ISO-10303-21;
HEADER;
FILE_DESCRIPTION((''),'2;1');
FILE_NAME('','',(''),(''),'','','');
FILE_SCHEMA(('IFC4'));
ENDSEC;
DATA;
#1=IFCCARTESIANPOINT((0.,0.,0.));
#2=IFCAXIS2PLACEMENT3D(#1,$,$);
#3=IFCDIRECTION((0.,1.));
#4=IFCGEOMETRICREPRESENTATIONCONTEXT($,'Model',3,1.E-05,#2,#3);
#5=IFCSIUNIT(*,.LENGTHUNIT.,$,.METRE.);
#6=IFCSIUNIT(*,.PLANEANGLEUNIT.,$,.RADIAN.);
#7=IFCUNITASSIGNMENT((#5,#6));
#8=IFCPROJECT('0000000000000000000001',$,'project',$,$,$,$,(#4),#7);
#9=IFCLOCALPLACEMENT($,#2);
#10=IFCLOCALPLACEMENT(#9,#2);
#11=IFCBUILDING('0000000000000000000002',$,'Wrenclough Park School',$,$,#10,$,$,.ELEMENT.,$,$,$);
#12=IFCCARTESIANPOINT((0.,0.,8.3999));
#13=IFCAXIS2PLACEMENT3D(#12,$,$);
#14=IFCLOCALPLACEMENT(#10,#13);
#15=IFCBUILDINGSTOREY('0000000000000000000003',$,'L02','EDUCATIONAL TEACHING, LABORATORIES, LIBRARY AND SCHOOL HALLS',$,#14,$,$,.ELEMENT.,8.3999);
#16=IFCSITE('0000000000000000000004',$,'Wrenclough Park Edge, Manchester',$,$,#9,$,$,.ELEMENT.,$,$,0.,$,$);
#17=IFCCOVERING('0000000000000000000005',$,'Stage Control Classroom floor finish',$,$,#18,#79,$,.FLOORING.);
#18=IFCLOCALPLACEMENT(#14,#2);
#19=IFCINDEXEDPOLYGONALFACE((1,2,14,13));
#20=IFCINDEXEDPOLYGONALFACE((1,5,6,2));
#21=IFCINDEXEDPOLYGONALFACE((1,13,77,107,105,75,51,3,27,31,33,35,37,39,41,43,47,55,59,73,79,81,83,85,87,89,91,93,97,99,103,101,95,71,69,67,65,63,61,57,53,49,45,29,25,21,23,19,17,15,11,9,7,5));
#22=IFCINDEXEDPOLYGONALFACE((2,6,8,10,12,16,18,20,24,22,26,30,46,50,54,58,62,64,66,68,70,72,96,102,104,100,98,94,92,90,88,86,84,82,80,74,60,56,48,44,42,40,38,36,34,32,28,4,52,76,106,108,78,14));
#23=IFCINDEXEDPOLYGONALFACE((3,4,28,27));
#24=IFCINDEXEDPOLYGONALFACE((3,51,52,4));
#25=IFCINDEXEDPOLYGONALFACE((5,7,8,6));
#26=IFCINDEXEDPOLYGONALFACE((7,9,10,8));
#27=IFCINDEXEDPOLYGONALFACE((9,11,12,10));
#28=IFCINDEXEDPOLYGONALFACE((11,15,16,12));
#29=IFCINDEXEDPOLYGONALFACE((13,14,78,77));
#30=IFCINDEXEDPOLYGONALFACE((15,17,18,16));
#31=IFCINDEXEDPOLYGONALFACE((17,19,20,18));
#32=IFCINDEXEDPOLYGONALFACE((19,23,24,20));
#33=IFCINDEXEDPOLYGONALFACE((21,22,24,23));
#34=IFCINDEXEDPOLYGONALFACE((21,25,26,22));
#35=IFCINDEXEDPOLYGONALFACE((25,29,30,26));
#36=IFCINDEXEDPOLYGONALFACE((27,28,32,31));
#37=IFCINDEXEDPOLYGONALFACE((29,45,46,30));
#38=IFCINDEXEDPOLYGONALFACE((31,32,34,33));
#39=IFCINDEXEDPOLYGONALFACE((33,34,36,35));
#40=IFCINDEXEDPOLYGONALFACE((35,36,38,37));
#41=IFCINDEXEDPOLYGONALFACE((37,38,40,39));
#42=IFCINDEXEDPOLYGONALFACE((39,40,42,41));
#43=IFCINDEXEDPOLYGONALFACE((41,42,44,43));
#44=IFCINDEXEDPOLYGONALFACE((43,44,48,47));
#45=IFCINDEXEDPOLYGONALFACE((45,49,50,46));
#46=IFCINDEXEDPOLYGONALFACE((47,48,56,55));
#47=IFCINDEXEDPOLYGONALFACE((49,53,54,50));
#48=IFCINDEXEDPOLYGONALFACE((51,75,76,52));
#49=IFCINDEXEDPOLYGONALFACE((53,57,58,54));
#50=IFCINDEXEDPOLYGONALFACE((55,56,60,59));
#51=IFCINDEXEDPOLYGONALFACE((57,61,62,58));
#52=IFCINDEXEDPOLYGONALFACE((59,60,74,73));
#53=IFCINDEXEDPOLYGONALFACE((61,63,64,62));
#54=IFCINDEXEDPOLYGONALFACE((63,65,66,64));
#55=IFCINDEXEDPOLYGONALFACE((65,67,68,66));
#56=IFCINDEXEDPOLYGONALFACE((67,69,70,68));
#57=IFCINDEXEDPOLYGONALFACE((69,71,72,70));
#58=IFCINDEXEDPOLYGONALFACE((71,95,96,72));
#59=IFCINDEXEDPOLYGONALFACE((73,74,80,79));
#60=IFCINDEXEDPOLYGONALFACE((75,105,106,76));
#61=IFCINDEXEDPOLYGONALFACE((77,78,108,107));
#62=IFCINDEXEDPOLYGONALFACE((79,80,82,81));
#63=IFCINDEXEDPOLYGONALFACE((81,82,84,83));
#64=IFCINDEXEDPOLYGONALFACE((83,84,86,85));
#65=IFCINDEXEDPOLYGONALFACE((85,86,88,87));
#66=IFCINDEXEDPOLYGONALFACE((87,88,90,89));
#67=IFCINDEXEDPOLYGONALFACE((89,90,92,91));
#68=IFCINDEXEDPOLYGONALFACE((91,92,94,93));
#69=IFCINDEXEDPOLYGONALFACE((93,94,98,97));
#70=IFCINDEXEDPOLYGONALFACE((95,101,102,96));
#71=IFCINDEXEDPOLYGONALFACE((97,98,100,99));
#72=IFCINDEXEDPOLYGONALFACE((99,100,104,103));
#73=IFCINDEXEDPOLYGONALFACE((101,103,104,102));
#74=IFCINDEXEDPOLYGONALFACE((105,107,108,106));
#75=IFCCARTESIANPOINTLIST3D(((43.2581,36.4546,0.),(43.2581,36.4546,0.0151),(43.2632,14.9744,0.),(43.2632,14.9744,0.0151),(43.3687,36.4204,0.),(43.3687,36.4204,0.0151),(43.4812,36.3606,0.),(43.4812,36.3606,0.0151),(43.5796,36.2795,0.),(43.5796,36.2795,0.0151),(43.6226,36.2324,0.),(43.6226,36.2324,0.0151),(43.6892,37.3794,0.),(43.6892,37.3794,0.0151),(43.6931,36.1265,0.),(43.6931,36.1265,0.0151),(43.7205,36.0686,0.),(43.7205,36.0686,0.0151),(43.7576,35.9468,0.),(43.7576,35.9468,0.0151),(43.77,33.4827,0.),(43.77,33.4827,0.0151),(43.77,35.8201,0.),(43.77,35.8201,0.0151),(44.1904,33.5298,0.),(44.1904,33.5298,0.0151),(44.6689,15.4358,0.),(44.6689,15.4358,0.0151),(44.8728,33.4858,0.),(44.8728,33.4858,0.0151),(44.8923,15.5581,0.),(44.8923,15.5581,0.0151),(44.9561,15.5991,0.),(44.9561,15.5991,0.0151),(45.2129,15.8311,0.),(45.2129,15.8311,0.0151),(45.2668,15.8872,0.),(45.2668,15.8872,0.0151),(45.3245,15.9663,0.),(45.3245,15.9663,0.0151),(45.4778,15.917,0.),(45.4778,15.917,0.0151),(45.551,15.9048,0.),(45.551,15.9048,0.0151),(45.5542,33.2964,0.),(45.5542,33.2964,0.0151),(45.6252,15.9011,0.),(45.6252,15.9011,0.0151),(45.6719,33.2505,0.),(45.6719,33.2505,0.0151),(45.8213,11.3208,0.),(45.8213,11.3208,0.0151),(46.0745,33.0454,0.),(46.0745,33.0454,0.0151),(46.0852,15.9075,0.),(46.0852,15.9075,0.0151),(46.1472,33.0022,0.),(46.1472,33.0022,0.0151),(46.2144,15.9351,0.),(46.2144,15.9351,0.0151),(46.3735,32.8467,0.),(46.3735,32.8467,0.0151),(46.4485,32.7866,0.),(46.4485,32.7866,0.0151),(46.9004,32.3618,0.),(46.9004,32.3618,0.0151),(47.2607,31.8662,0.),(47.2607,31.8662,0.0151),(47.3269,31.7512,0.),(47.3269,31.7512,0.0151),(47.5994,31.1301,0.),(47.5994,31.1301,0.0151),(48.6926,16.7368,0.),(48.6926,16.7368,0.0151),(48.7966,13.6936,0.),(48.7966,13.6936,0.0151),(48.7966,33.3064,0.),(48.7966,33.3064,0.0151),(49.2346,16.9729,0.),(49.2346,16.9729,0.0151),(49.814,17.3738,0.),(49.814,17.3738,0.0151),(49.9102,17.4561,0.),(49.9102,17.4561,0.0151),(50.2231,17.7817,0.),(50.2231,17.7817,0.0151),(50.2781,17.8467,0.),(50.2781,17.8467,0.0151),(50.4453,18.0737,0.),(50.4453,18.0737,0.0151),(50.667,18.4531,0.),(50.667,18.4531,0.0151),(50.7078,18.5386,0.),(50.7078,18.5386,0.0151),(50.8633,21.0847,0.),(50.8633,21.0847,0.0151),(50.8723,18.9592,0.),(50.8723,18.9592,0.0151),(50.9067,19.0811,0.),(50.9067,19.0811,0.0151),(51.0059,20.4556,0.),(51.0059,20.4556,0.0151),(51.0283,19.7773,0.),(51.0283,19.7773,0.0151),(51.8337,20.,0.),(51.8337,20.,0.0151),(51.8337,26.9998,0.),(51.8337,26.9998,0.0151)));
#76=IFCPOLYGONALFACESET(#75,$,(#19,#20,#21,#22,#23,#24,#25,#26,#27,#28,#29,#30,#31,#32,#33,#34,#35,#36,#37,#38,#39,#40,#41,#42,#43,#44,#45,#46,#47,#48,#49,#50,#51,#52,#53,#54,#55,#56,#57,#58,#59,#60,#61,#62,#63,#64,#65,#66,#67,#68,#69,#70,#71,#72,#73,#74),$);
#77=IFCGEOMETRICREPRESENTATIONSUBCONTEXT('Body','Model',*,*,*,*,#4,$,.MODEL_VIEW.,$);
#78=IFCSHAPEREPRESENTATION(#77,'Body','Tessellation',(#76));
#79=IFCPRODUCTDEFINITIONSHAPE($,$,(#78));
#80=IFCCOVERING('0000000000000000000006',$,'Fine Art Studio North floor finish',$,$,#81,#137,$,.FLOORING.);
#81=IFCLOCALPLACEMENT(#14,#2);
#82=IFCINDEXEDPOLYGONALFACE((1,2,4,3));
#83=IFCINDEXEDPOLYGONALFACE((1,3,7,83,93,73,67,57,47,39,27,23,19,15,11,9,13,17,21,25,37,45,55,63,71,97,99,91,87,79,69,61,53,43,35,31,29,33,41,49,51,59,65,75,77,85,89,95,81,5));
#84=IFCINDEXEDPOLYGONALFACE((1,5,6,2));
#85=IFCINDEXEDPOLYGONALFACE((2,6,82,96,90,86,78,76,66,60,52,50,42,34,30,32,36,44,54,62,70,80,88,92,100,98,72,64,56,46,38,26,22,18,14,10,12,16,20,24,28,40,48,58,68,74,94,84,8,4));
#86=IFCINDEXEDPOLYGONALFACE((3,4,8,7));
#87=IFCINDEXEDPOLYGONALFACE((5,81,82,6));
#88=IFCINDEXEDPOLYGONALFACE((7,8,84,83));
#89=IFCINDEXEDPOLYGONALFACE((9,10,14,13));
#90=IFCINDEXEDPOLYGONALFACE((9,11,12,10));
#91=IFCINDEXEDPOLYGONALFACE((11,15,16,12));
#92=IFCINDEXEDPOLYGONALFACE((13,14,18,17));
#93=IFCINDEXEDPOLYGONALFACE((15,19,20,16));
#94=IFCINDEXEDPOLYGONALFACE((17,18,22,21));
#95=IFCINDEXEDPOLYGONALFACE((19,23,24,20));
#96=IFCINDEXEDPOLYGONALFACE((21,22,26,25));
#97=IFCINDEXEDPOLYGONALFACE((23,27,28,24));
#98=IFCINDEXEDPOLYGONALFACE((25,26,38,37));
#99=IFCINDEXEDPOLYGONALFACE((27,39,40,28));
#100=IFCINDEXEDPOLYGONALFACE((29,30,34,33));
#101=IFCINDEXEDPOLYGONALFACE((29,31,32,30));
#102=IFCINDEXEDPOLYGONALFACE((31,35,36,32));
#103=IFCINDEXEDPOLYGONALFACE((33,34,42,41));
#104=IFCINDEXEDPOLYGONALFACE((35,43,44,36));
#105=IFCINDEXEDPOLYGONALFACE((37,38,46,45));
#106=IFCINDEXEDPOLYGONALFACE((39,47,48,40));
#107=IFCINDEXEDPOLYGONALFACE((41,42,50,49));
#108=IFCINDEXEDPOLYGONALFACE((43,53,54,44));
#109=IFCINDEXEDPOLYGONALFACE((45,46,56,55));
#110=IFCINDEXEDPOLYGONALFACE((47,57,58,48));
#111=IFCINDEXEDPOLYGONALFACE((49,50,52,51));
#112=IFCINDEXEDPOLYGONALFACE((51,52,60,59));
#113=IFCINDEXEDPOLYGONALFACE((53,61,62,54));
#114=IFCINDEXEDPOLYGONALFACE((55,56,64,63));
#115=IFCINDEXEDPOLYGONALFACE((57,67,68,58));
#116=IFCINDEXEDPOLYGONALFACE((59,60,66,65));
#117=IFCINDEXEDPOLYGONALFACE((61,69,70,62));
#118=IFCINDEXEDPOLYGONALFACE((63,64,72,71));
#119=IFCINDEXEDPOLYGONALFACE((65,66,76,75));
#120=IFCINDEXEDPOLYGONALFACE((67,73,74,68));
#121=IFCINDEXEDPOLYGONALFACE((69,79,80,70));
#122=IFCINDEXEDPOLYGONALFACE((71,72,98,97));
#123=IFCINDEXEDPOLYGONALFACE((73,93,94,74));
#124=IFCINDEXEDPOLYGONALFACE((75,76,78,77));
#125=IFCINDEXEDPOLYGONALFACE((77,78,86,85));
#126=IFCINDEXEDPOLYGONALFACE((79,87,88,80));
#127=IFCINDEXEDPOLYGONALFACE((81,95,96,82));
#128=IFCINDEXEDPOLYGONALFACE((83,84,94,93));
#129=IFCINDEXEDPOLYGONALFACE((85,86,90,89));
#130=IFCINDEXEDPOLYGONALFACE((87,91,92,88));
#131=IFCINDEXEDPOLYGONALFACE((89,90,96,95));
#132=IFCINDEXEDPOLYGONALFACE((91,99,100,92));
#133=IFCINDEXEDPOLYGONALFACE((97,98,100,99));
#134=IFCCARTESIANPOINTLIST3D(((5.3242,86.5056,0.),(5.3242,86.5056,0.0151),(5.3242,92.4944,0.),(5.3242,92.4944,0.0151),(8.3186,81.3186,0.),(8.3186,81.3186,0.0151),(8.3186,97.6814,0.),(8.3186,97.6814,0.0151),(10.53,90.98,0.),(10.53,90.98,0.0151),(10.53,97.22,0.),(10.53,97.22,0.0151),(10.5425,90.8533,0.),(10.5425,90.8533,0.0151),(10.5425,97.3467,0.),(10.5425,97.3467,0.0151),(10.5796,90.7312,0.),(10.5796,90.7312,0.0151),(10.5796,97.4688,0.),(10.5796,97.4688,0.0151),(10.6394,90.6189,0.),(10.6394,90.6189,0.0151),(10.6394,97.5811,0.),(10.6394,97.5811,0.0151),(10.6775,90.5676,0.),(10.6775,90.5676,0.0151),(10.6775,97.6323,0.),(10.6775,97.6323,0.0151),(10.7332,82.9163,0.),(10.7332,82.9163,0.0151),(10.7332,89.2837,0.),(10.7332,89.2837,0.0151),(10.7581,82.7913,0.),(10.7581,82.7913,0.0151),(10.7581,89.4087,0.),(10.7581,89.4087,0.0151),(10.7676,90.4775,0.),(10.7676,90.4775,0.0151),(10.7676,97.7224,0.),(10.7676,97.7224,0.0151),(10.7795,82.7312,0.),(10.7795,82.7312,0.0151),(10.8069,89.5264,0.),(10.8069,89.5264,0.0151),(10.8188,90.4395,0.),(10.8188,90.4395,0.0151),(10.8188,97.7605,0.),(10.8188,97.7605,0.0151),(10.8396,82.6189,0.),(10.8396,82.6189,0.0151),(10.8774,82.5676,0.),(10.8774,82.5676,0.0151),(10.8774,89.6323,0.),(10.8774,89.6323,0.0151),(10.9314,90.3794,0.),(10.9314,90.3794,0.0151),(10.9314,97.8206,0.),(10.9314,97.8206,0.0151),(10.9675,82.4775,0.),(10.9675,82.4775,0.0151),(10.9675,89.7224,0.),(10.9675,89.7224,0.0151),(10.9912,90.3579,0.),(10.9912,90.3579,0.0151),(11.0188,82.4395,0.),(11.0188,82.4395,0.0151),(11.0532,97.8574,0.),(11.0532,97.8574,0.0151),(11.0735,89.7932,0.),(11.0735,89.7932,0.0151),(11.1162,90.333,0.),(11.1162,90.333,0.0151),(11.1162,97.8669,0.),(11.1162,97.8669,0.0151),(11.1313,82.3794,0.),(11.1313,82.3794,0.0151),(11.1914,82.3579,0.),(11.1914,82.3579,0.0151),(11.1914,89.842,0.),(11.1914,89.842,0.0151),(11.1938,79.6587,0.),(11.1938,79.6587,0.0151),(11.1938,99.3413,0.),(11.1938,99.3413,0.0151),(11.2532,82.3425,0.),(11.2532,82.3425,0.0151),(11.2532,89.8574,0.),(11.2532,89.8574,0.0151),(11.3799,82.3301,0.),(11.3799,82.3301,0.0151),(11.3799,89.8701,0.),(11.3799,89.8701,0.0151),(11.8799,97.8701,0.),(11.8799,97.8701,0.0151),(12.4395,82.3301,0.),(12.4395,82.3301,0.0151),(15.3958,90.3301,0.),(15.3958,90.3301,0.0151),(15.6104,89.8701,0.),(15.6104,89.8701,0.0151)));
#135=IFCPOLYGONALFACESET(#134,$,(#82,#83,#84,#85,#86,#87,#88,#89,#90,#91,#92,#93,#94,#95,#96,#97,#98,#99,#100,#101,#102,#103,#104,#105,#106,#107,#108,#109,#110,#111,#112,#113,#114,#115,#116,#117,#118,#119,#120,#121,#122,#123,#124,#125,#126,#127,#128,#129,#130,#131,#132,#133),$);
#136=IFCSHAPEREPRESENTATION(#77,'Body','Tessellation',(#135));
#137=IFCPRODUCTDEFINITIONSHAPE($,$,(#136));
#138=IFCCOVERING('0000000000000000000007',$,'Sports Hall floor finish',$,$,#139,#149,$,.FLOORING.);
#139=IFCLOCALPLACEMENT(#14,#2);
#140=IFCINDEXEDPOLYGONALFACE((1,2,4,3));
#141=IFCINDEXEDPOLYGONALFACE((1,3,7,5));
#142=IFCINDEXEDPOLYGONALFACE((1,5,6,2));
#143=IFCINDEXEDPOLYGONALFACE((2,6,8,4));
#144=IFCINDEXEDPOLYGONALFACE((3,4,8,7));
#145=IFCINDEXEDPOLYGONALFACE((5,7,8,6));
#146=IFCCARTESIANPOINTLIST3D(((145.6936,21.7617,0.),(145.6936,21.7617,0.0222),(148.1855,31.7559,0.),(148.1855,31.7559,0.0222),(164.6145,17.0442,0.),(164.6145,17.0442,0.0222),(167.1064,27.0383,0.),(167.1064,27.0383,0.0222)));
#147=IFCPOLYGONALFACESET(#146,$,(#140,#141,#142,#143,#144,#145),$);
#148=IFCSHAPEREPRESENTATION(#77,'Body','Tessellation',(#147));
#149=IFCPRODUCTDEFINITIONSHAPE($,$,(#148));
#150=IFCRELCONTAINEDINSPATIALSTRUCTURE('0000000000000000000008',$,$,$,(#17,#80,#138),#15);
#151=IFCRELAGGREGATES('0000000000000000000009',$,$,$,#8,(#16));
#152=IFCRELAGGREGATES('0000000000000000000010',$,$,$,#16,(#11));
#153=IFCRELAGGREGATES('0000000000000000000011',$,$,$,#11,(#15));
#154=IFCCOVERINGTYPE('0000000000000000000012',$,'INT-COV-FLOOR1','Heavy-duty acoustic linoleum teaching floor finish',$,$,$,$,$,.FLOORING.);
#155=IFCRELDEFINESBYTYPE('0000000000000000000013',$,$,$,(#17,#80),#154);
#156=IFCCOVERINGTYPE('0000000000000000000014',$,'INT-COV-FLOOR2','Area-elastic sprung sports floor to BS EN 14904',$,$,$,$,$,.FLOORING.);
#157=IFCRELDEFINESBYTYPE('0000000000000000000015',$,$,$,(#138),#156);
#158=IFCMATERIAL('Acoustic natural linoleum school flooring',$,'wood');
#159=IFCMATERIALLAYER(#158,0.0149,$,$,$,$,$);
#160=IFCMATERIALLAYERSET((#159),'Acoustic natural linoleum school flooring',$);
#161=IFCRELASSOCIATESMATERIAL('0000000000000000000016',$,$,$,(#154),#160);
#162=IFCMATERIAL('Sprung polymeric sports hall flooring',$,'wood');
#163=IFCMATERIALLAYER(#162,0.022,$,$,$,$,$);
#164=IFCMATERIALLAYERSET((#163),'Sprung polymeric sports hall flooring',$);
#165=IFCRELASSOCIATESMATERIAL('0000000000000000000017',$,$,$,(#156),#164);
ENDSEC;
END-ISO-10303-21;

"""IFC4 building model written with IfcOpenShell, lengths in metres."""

from ifc_helpers import new_model, si_unit, direction, frame, origin, place, context, subcontext, project, spatial, polyline, outline, extrude, material, layer, layer_set, type_object, element, save


model = new_model("IFC4")

# Units and contexts
model_context = context("Model", 3, precision=1e-05, world=origin(), true_north=direction((0.0, 1.0)))
body_context = subcontext(model_context, "Body", "Model", "MODEL_VIEW")
ifc_project = project(units=[si_unit("LENGTHUNIT", "METRE"), si_unit("PLANEANGLEUNIT", "RADIAN")], contexts=[model_context])

# Site, building, storey
site_placement = place(None, origin())
site = spatial("IfcSite", under=ifc_project, at=site_placement, Name="Wrenclough Park Edge, Manchester", CompositionType="ELEMENT", RefElevation=0.0)
building_placement = place(site_placement, origin())
building = spatial("IfcBuilding", under=site, at=building_placement, Name="Wrenclough Park School", CompositionType="ELEMENT")
storey_placement = place(building_placement, frame((0.0, 0.0, 8.3999)))
storey = spatial("IfcBuildingStorey", under=building, at=storey_placement, Name="L02", Description="EDUCATIONAL TEACHING, LABORATORIES, LIBRARY AND SCHOOL HALLS", CompositionType="ELEMENT", Elevation=8.3999)

# Coverings
ifc_material_1 = material(Name="Acoustic natural linoleum school flooring", Category="wood")
ifc_layer_1 = layer(ifc_material_1, 0.0149)
ifc_layer_set_1 = layer_set([ifc_layer_1], Name="Acoustic natural linoleum school flooring")
covering_type_1 = type_object("IfcCoveringType", Name="INT-COV-FLOOR1", Description="Heavy-duty acoustic linoleum teaching floor finish", PredefinedType="FLOORING", material=ifc_layer_set_1)
covering_1_placement = place(storey_placement, origin())
element("IfcCovering", 1, at=covering_1_placement, inside=storey, type_object=covering_type_1, Name="Stage Control Classroom floor finish", PredefinedType="FLOORING", context=body_context, shape_type="SweptSolid", body=[
    extrude(outline(polyline([(43.77, 35.8201), (43.77, 33.4827), (44.1904, 33.5298), (44.8728, 33.4858), (45.5542, 33.2964), (45.6719, 33.2505), (46.0745, 33.0454), (46.1472, 33.0022), (46.3735, 32.8467), (46.4485, 32.7866), (46.9004, 32.3618), (47.2607, 31.8662), (47.3269, 31.7512), (47.5994, 31.1301), (50.8633, 21.0847), (51.0059, 20.4556), (51.0283, 19.7773), (50.9067, 19.0811), (50.8723, 18.9592), (50.7078, 18.5386), (50.667, 18.4531), (50.4453, 18.0737), (50.2781, 17.8467), (50.2231, 17.7817), (49.9102, 17.4561), (49.814, 17.3738), (49.2346, 16.9729), (48.6926, 16.7368), (46.2144, 15.9351), (46.0852, 15.9075), (45.6252, 15.9011), (45.551, 15.9048), (45.4778, 15.917), (45.3245, 15.9663), (45.2668, 15.8872), (45.2129, 15.8311), (44.9561, 15.5991), (44.8923, 15.5581), (44.6689, 15.4358), (43.2632, 14.9744), (45.8213, 11.3208), (48.7966, 13.6936), (51.8337, 20.0), (51.8337, 26.9998), (48.7966, 33.3064), (43.6892, 37.3794), (43.2581, 36.4546), (43.3687, 36.4204), (43.4812, 36.3606), (43.5796, 36.2795), (43.6226, 36.2324), (43.6931, 36.1265), (43.7205, 36.0686), (43.7576, 35.9468), (43.77, 35.8201)])), origin(), (0.0, 0.0, 1.0), 0.0151),
])
covering_2_placement = place(storey_placement, origin())
element("IfcCovering", 2, at=covering_2_placement, inside=storey, type_object=covering_type_1, Name="Fine Art Studio North floor finish", PredefinedType="FLOORING", context=body_context, shape_type="SweptSolid", body=[
    extrude(outline(polyline([(11.3799, 89.8701), (15.6104, 89.8701), (15.3958, 90.3301), (11.1162, 90.333), (10.9912, 90.3579), (10.9314, 90.3794), (10.8188, 90.4395), (10.7676, 90.4775), (10.6775, 90.5676), (10.6394, 90.6189), (10.5796, 90.7312), (10.5425, 90.8533), (10.53, 90.98), (10.53, 97.22), (10.5425, 97.3467), (10.5796, 97.4688), (10.6394, 97.5811), (10.6775, 97.6323), (10.7676, 97.7224), (10.8188, 97.7605), (10.9314, 97.8206), (11.0532, 97.8574), (11.1162, 97.8669), (11.8799, 97.8701), (11.1938, 99.3413), (8.3186, 97.6814), (5.3242, 92.4944), (5.3242, 86.5056), (8.3186, 81.3186), (11.1938, 79.6587), (12.4395, 82.3301), (11.3799, 82.3301), (11.2532, 82.3425), (11.1914, 82.3579), (11.1313, 82.3794), (11.0188, 82.4395), (10.9675, 82.4775), (10.8774, 82.5676), (10.8396, 82.6189), (10.7795, 82.7312), (10.7581, 82.7913), (10.7332, 82.9163), (10.7332, 89.2837), (10.7581, 89.4087), (10.8069, 89.5264), (10.8774, 89.6323), (10.9675, 89.7224), (11.0735, 89.7932), (11.1914, 89.842), (11.2532, 89.8574), (11.3799, 89.8701)])), origin(), (0.0, 0.0, 1.0), 0.0151),
])
ifc_material_2 = material(Name="Sprung polymeric sports hall flooring", Category="wood")
ifc_layer_2 = layer(ifc_material_2, 0.022)
ifc_layer_set_2 = layer_set([ifc_layer_2], Name="Sprung polymeric sports hall flooring")
covering_type_2 = type_object("IfcCoveringType", Name="INT-COV-FLOOR2", Description="Area-elastic sprung sports floor to BS EN 14904", PredefinedType="FLOORING", material=ifc_layer_set_2)
covering_3_placement = place(storey_placement, origin())
element("IfcCovering", 3, at=covering_3_placement, inside=storey, type_object=covering_type_2, Name="Sports Hall floor finish", PredefinedType="FLOORING", context=body_context, shape_type="SweptSolid", body=[
    extrude(outline(polyline([(164.6145, 17.0442), (167.1064, 27.0383), (148.1855, 31.7559), (145.6936, 21.7617), (164.6145, 17.0442)])), origin(), (0.0, 0.0, 1.0), 0.0222),
])

save(model, "model.ifc")
